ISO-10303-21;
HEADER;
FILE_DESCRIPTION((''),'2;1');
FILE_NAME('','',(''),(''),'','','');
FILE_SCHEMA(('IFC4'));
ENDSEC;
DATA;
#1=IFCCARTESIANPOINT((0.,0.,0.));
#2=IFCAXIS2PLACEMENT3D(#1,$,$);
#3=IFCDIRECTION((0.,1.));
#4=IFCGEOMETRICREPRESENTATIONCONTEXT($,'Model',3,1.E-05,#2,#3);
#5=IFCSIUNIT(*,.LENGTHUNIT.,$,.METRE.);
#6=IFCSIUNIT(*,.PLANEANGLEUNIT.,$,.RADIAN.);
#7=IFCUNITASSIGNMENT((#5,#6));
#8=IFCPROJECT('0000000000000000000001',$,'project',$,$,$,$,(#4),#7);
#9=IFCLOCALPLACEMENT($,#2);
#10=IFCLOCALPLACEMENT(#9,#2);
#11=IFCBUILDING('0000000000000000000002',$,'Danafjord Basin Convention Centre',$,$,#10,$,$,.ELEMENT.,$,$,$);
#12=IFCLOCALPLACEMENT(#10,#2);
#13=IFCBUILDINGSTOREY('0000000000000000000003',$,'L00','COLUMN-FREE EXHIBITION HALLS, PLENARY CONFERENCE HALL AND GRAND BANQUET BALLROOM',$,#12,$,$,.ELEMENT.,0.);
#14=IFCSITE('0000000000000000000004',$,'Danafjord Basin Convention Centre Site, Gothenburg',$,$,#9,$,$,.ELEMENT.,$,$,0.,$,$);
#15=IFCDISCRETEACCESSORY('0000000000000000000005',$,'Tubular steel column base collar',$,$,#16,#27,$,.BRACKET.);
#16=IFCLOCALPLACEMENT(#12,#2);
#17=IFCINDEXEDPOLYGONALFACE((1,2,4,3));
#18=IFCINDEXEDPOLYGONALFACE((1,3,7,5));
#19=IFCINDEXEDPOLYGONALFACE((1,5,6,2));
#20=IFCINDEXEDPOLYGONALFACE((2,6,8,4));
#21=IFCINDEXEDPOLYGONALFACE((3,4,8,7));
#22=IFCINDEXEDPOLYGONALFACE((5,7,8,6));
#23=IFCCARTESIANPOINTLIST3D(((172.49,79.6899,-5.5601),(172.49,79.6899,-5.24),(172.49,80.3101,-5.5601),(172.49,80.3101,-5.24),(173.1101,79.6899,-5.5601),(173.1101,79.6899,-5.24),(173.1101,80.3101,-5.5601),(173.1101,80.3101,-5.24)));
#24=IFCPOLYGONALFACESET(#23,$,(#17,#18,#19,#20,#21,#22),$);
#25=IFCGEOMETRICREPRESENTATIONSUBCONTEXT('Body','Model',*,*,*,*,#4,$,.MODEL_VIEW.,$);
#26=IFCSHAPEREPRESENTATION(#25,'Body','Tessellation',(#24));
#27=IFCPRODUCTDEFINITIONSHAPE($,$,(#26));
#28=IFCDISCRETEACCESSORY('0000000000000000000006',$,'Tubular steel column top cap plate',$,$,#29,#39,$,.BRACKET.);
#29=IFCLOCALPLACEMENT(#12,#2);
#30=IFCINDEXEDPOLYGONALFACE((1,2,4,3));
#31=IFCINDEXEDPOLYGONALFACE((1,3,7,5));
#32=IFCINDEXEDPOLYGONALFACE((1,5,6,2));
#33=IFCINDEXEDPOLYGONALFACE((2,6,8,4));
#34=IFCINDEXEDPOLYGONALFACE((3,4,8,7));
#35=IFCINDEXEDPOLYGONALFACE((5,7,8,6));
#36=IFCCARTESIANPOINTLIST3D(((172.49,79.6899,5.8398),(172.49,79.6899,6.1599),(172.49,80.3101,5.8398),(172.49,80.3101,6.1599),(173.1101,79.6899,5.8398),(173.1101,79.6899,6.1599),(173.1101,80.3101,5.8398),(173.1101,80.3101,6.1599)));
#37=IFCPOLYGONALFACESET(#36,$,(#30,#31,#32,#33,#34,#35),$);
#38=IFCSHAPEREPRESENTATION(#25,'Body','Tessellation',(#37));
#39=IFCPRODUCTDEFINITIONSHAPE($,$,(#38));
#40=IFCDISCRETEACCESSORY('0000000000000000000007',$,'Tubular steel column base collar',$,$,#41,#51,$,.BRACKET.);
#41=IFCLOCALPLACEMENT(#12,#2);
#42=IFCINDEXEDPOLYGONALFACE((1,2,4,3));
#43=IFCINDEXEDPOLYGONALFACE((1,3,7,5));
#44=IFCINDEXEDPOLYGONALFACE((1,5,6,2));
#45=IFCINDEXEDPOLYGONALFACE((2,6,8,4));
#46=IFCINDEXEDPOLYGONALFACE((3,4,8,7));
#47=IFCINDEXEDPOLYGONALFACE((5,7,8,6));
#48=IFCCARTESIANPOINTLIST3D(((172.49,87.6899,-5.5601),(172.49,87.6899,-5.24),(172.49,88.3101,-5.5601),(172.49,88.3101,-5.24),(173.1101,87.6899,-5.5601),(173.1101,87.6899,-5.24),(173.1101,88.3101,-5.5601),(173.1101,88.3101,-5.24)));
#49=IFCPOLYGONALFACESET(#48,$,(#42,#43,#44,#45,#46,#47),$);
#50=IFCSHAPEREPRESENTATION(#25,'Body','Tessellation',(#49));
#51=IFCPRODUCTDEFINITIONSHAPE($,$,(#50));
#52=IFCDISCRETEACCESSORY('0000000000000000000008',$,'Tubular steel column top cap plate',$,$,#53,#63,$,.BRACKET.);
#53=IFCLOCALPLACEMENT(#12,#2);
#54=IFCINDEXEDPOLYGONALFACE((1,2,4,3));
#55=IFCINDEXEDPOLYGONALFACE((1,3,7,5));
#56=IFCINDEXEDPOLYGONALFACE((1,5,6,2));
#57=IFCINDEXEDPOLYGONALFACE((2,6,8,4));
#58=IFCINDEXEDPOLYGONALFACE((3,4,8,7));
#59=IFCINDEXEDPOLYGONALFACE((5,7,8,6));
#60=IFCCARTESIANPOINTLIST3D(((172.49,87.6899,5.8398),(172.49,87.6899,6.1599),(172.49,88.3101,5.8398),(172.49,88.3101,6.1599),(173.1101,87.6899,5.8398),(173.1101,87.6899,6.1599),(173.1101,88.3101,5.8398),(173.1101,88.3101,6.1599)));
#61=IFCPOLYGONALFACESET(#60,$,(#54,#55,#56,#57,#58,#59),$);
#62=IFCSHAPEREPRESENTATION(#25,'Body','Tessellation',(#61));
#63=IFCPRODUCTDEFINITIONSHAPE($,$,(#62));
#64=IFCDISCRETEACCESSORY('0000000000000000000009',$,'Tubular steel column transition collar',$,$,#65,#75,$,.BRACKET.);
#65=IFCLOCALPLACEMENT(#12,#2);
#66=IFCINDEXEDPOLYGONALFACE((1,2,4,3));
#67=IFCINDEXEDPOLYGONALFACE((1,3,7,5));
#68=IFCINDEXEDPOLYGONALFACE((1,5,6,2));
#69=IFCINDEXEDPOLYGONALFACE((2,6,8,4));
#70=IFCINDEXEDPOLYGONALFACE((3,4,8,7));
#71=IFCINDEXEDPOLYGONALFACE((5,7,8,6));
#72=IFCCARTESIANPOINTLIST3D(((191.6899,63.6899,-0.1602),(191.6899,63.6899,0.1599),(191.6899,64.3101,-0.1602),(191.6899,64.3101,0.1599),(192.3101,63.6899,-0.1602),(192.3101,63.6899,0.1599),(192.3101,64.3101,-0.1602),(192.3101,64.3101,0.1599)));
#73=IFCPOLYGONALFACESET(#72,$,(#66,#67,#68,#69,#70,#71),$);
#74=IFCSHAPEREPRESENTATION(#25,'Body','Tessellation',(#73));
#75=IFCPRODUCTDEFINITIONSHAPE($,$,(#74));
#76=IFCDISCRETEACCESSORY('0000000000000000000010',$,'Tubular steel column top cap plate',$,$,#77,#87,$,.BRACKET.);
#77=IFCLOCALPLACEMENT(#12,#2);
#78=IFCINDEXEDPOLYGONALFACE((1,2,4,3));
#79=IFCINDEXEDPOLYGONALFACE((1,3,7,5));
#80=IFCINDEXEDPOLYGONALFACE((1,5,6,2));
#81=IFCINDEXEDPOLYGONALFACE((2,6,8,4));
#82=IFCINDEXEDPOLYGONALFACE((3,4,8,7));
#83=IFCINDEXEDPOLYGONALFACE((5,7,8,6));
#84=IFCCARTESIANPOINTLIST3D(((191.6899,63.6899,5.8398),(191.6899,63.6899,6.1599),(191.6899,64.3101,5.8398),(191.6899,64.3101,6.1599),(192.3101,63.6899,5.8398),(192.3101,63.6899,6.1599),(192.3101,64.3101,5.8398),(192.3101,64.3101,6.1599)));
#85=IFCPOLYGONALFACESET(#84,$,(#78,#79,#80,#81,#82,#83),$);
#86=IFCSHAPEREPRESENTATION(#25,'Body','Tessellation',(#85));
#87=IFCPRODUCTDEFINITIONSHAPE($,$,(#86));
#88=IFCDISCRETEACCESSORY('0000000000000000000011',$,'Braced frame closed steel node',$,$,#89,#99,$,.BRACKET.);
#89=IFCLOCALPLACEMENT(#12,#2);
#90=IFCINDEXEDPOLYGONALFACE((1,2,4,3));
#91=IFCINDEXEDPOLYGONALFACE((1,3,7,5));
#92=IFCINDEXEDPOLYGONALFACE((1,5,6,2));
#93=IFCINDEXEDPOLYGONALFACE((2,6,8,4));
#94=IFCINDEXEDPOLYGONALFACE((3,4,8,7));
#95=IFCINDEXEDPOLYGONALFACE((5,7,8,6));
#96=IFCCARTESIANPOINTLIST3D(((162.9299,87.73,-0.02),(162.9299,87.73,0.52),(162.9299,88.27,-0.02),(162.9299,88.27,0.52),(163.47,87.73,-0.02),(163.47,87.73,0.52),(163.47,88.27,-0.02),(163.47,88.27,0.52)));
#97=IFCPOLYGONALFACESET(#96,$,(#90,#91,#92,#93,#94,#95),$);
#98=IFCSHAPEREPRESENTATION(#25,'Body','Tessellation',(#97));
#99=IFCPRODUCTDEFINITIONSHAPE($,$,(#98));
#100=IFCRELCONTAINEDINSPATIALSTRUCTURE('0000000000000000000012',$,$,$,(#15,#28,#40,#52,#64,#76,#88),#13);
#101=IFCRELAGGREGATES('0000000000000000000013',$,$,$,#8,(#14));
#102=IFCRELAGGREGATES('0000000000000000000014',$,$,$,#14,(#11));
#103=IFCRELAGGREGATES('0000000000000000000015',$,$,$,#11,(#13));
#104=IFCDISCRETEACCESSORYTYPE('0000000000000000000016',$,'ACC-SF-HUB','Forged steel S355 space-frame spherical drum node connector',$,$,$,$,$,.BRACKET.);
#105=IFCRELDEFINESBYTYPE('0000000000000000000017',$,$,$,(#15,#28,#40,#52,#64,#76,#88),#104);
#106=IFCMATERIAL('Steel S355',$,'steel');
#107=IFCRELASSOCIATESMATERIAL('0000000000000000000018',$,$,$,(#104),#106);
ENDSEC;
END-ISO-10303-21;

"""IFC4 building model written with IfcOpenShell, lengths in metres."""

from ifc_helpers import new_model, si_unit, direction, frame, origin, origin_2d, place, context, subcontext, project, spatial, rectangle, extrude, material, type_object, element, save


model = new_model("IFC4")

# Units and contexts
model_context = context("Model", 3, precision=1e-05, world=origin(), true_north=direction((0.0, 1.0)))
body_context = subcontext(model_context, "Body", "Model", "MODEL_VIEW")
ifc_project = project(units=[si_unit("LENGTHUNIT", "METRE"), si_unit("PLANEANGLEUNIT", "RADIAN")], contexts=[model_context])

# Site, building, storey
site_placement = place(None, origin())
site = spatial("IfcSite", under=ifc_project, at=site_placement, Name="Danafjord Basin Convention Centre Site, Gothenburg", CompositionType="ELEMENT", RefElevation=0.0)
building_placement = place(site_placement, origin())
building = spatial("IfcBuilding", under=site, at=building_placement, Name="Danafjord Basin Convention Centre", CompositionType="ELEMENT")
storey_placement = place(building_placement, origin())
storey = spatial("IfcBuildingStorey", under=building, at=storey_placement, Name="L00", Description="COLUMN-FREE EXHIBITION HALLS, PLENARY CONFERENCE HALL AND GRAND BANQUET BALLROOM", CompositionType="ELEMENT", Elevation=0.0)

# Shared definitions
ifc_material_1 = material(Name="Steel S355", Category="steel")

# Discrete accessories
discrete_accessory_type = type_object("IfcDiscreteAccessoryType", Name="ACC-SF-HUB", Description="Forged steel S355 space-frame spherical drum node connector", PredefinedType="BRACKET", material=ifc_material_1)
for number, where, z_axis, x_axis, name in (
    (1, (172.8, 80.0, -5.5601), (0.0, 0.0, 1.0), (1.0, 0.0, 0.0), "Tubular steel column base collar"),
    (2, (172.8, 80.0, 5.8398), (0.0, 0.0, 1.0), (1.0, 0.0, 0.0), "Tubular steel column top cap plate"),
    (3, (172.8, 88.0, -5.5601), (0.0, 0.0, 1.0), (1.0, 0.0, 0.0), "Tubular steel column base collar"),
    (4, (172.8, 88.0, 5.8398), (0.0, 0.0, 1.0), (1.0, 0.0, 0.0), "Tubular steel column top cap plate"),
    (5, (192.0, 64.0, -0.1602), (0.0, 0.0, 1.0), (1.0, 0.0, 0.0), "Tubular steel column transition collar"),
    (6, (192.0, 64.0, 5.8398), (0.0, 0.0, 1.0), (1.0, 0.0, 0.0), "Tubular steel column top cap plate"),
):
    element("IfcDiscreteAccessory", number, at=place(storey_placement, frame(where, z_axis=z_axis, x_axis=x_axis)), inside=storey, type_object=discrete_accessory_type, Name=name, PredefinedType="BRACKET", context=body_context, shape_type="SweptSolid", body=[
        extrude(rectangle(XDim=0.6201, YDim=0.6201, at=origin_2d()), origin(), (0.0, 0.0, 1.0), 0.3201),
    ])
discrete_accessory_placement = place(storey_placement, frame((163.2, 88.0, -0.02), z_axis=(0.0, 0.0, 1.0), x_axis=(1.0, 0.0, 0.0)))
element("IfcDiscreteAccessory", 7, at=discrete_accessory_placement, inside=storey, type_object=discrete_accessory_type, Name="Braced frame closed steel node", PredefinedType="BRACKET", context=body_context, shape_type="SweptSolid", body=[
    extrude(rectangle(XDim=0.54, YDim=0.54, at=origin_2d()), origin(), (0.0, 0.0, 1.0), 0.54),
])

save(model, "model.ifc")
